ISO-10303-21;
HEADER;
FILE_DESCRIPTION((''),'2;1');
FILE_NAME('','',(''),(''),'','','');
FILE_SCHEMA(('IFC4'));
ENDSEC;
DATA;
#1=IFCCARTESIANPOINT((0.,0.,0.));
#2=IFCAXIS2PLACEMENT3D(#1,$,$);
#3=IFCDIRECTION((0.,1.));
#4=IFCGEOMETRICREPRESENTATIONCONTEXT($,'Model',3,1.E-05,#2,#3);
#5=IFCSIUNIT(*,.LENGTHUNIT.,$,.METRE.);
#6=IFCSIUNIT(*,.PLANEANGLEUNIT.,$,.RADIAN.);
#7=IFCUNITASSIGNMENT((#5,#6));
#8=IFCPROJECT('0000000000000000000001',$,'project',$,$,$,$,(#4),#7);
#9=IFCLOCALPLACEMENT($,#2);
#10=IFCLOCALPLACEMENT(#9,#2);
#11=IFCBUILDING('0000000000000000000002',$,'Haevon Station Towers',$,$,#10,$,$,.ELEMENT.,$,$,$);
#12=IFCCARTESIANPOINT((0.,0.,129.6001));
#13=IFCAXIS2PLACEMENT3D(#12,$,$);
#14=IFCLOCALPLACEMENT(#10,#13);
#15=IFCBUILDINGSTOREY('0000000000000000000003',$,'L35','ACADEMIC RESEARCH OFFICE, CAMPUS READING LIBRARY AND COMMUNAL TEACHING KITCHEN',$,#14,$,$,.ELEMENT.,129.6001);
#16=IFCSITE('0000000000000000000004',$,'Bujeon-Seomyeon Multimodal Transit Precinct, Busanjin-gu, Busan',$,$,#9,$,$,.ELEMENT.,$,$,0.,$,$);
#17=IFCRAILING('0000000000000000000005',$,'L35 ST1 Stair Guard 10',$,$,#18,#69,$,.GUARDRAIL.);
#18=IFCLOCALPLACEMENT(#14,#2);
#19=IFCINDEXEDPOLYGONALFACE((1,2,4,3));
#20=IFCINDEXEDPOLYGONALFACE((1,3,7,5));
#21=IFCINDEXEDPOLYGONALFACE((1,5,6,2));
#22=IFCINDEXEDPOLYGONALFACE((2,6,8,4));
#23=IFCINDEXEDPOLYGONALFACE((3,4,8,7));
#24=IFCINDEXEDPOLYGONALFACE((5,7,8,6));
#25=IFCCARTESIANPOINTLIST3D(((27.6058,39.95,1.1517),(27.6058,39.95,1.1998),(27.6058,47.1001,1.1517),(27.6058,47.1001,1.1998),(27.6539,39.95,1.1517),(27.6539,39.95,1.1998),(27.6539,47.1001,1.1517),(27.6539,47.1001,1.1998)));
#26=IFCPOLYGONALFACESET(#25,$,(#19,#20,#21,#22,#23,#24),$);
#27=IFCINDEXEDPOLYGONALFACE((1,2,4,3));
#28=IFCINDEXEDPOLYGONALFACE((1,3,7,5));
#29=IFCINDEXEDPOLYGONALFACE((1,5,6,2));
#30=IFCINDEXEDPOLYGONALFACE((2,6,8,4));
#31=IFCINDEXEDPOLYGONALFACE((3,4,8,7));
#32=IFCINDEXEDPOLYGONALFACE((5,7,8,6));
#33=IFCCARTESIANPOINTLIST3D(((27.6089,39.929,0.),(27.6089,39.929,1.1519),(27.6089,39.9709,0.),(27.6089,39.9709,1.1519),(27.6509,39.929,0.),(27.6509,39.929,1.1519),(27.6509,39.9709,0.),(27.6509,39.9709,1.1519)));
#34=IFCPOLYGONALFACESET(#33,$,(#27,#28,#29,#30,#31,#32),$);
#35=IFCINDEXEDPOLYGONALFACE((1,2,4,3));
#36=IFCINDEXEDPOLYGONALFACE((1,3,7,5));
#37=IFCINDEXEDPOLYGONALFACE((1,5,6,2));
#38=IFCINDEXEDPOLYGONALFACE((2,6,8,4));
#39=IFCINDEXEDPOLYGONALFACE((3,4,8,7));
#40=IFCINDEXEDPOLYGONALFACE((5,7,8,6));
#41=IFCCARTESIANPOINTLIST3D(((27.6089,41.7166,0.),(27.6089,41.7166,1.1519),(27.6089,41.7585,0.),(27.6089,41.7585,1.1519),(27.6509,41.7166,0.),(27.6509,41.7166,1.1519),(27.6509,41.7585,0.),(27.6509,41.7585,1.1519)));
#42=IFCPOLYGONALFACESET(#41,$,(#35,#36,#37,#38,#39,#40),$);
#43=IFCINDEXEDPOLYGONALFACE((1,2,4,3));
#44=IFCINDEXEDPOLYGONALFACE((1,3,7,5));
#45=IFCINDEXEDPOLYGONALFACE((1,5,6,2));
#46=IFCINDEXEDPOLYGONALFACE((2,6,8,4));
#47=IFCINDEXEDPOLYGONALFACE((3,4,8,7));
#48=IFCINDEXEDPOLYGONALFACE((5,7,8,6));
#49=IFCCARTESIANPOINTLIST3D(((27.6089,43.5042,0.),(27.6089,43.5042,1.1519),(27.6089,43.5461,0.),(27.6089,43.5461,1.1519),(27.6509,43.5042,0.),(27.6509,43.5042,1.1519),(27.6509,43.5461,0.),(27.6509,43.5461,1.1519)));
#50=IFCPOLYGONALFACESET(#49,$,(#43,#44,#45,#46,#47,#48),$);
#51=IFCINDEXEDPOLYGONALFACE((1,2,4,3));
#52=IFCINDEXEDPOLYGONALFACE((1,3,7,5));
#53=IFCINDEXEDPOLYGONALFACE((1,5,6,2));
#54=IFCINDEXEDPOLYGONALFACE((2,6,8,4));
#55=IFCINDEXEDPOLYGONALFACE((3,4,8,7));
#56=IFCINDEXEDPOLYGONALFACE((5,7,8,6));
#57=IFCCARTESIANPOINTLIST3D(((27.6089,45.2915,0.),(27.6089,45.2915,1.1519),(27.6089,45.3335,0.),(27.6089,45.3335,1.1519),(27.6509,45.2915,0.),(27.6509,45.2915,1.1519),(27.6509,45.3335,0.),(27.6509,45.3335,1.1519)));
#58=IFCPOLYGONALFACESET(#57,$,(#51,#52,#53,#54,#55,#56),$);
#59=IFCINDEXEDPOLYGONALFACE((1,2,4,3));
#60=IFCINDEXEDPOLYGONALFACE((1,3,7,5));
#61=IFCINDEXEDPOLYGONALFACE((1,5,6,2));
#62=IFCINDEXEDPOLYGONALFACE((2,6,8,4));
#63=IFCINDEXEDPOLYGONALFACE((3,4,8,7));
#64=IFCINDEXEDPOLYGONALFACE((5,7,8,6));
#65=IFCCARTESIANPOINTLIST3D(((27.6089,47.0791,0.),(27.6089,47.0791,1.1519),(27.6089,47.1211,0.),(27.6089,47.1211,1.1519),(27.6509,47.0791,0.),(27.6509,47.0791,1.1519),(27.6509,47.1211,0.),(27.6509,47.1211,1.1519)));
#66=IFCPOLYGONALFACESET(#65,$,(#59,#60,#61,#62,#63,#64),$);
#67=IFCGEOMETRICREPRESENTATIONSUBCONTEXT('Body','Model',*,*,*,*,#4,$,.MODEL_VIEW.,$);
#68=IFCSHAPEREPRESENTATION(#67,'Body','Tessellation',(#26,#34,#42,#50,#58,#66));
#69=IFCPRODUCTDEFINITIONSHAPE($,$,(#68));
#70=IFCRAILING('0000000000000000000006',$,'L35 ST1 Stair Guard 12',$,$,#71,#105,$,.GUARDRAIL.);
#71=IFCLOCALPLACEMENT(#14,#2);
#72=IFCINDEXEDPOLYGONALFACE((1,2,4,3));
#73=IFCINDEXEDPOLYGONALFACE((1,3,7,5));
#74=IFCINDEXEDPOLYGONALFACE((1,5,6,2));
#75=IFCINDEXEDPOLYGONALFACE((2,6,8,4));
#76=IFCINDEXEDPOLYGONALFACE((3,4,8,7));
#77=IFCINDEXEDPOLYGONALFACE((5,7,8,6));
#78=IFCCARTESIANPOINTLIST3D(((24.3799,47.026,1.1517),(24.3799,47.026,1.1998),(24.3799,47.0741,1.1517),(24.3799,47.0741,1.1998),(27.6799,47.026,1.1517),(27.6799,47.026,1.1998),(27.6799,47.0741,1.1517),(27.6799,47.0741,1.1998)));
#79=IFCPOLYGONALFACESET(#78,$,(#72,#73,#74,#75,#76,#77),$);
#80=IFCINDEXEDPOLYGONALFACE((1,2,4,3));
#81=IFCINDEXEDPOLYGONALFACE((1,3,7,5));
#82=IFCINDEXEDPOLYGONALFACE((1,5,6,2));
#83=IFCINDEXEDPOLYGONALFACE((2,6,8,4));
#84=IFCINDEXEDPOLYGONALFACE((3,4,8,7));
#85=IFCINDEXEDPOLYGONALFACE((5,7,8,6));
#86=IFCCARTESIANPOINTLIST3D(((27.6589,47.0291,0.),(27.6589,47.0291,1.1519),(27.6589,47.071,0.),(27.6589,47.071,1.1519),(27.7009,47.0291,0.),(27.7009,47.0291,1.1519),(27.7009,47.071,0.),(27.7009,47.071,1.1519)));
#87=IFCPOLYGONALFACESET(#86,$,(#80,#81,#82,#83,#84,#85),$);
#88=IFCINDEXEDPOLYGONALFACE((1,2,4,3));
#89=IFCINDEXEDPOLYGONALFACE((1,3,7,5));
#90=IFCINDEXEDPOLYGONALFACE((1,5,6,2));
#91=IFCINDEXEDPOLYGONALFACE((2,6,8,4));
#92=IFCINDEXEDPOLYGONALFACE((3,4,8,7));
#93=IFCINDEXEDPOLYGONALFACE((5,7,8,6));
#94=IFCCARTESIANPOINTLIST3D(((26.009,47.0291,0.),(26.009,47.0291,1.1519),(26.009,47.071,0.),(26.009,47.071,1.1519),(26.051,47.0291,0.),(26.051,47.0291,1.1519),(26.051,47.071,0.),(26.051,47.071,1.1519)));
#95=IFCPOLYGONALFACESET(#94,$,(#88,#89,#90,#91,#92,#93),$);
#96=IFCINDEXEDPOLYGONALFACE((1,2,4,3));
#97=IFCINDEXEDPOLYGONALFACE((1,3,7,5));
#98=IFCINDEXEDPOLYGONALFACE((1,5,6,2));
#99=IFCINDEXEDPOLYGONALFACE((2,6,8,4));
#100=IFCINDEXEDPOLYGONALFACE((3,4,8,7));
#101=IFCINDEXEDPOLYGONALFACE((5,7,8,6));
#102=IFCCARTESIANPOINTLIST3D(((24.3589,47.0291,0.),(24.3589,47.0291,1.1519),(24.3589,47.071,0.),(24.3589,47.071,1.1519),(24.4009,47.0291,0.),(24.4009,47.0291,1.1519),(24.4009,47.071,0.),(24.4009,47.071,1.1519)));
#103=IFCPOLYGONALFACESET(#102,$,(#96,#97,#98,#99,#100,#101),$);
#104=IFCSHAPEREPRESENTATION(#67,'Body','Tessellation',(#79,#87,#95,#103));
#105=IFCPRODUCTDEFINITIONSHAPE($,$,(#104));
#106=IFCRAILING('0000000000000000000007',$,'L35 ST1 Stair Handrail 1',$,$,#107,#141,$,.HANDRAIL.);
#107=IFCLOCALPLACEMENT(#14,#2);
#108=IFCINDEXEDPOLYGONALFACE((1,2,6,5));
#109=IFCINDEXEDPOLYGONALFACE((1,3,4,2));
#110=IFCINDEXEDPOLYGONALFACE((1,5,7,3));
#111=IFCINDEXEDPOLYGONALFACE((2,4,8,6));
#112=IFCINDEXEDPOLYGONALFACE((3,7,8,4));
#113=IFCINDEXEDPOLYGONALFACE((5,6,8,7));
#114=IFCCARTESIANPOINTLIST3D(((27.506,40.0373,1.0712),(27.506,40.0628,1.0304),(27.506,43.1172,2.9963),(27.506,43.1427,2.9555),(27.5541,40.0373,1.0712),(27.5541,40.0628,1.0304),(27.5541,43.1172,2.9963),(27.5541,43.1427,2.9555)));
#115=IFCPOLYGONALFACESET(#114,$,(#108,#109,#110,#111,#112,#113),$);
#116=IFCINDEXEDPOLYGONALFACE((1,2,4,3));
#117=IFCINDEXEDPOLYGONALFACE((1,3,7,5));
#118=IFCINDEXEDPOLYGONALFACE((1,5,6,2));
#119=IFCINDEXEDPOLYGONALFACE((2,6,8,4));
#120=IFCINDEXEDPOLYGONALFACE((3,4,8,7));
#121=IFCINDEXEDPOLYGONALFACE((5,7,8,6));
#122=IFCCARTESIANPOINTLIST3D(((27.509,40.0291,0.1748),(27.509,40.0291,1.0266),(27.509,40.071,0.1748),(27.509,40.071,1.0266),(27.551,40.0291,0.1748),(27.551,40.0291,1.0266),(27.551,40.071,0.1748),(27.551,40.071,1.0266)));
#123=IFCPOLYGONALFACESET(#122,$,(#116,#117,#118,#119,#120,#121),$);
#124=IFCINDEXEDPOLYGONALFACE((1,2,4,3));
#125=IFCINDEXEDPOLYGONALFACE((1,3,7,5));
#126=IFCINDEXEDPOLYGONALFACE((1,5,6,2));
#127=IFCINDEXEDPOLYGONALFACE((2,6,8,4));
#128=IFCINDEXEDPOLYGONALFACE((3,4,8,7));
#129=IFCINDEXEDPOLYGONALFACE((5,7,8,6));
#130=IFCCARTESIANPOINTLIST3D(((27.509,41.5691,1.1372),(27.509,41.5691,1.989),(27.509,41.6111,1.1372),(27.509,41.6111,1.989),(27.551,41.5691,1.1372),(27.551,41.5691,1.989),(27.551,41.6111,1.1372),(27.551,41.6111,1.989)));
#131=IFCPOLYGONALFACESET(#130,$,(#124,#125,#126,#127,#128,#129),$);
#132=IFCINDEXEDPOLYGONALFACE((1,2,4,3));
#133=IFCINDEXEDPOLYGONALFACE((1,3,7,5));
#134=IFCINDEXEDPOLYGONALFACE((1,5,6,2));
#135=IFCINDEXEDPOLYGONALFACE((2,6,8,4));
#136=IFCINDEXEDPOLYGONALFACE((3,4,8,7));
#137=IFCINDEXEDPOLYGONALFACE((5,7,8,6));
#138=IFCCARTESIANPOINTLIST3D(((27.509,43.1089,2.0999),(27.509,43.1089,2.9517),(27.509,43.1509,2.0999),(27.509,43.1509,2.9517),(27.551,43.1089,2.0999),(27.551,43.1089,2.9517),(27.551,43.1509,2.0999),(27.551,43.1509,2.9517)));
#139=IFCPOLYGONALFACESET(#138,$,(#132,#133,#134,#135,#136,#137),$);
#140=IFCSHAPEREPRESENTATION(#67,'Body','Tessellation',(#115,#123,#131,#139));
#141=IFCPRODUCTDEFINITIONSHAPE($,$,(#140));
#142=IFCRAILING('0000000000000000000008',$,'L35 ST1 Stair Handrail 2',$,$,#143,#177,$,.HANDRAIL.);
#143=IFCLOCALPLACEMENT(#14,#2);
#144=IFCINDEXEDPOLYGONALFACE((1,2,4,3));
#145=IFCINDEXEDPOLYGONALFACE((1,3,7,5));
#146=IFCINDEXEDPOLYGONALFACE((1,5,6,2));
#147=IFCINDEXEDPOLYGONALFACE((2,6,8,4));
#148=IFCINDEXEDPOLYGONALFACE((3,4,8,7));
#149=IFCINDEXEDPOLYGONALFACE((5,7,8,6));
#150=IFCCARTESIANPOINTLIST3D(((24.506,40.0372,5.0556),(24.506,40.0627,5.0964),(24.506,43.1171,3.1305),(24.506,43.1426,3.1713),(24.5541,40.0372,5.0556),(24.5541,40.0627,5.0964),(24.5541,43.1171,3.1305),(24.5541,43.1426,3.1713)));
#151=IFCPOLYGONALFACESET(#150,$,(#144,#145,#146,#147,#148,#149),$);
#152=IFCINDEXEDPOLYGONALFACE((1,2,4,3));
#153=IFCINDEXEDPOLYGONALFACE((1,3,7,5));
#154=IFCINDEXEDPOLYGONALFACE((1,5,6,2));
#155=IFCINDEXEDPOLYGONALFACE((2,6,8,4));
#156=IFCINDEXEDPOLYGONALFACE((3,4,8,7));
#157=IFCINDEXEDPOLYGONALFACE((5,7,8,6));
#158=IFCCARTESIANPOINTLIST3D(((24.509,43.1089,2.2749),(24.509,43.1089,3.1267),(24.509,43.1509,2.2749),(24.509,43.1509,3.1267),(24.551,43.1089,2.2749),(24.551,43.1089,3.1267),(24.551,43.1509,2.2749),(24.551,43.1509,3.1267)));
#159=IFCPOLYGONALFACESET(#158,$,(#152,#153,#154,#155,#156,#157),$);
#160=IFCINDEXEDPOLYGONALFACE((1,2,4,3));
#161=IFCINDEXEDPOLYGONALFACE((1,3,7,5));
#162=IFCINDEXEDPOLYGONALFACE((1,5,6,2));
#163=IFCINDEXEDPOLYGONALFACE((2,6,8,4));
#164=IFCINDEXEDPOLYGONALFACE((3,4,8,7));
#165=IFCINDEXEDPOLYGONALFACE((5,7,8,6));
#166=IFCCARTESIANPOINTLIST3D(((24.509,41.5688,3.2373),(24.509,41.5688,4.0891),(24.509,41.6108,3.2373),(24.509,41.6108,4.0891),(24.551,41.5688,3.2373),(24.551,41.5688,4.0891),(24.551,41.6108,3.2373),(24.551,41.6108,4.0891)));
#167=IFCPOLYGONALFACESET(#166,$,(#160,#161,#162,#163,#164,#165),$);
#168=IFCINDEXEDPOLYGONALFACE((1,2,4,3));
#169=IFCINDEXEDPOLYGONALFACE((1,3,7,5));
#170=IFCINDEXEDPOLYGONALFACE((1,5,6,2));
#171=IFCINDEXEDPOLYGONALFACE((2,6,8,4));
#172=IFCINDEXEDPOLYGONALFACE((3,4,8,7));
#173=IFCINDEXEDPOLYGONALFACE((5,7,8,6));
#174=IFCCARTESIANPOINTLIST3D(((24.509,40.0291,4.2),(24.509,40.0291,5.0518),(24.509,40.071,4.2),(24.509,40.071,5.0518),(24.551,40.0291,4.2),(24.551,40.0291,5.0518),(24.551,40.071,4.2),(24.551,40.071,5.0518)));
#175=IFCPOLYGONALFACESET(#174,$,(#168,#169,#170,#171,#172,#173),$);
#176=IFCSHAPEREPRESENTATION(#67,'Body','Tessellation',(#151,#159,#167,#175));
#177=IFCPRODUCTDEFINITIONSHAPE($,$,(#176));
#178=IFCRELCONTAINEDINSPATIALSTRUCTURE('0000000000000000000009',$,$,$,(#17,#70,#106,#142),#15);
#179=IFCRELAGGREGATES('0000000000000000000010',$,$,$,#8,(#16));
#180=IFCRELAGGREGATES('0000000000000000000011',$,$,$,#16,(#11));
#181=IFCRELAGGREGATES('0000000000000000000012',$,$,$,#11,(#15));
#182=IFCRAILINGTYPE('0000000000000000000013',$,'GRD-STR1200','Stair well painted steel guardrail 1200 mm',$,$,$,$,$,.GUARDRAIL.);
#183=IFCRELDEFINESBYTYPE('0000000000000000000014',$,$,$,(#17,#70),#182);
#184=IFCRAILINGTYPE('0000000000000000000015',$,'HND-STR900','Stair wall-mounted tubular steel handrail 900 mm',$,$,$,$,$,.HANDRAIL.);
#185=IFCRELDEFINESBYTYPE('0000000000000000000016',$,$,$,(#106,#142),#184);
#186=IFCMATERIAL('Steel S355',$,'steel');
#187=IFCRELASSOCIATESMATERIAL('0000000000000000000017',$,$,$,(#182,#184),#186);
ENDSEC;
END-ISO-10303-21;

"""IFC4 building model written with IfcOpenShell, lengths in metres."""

from ifc_helpers import new_model, si_unit, direction, frame, origin, origin_2d, place, context, subcontext, project, spatial, rectangle, extrude, material, type_object, element, save


model = new_model("IFC4")

# Units and contexts
model_context = context("Model", 3, precision=1e-05, world=origin(), true_north=direction((0.0, 1.0)))
body_context = subcontext(model_context, "Body", "Model", "MODEL_VIEW")
ifc_project = project(units=[si_unit("LENGTHUNIT", "METRE"), si_unit("PLANEANGLEUNIT", "RADIAN")], contexts=[model_context])

# Site, building, storey
site_placement = place(None, origin())
site = spatial("IfcSite", under=ifc_project, at=site_placement, Name="Bujeon-Seomyeon Multimodal Transit Precinct, Busanjin-gu, Busan", CompositionType="ELEMENT", RefElevation=0.0)
building_placement = place(site_placement, origin())
building = spatial("IfcBuilding", under=site, at=building_placement, Name="Haevon Station Towers", CompositionType="ELEMENT")
storey_placement = place(building_placement, frame((0.0, 0.0, 129.6001)))
storey = spatial("IfcBuildingStorey", under=building, at=storey_placement, Name="L35", Description="ACADEMIC RESEARCH OFFICE, CAMPUS READING LIBRARY AND COMMUNAL TEACHING KITCHEN", CompositionType="ELEMENT", Elevation=129.6001)

# Shared definitions
ifc_material_1 = material(Name="Steel S355", Category="steel")

# Railings
railing_type_1 = type_object("IfcRailingType", Name="GRD-STR1200", Description="Stair well painted steel guardrail 1200 mm", PredefinedType="GUARDRAIL", material=ifc_material_1)
railing_1_placement = place(storey_placement, frame((27.6299, 39.95, 0.0)))
element("IfcRailing", 1, at=railing_1_placement, inside=storey, type_object=railing_type_1, Name="L35 ST1 Stair Guard 10", PredefinedType="GUARDRAIL", context=body_context, shape_type="SweptSolid", body=[
    extrude(rectangle(XDim=0.0481, YDim=0.0481, at=origin_2d()), frame((0.0, 0.0, 1.1758), z_axis=(0.0, 1.0, 0.0), x_axis=(-1.0, 0.0, 0.0)), (0.0, 0.0, 1.0), 7.1501),
    extrude(rectangle(XDim=0.042, YDim=0.042, at=origin_2d()), origin(), (0.0, 0.0, 1.0), 1.1519),
    extrude(rectangle(XDim=0.042, YDim=0.042, at=origin_2d()), frame((0.0, 1.7876, 0.0)), (0.0, 0.0, 1.0), 1.1519),
    extrude(rectangle(XDim=0.042, YDim=0.042, at=origin_2d()), frame((0.0, 3.5752, 0.0)), (0.0, 0.0, 1.0), 1.1519),
    extrude(rectangle(XDim=0.042, YDim=0.042, at=origin_2d()), frame((0.0, 5.3625, 0.0)), (0.0, 0.0, 1.0), 1.1519),
    extrude(rectangle(XDim=0.042, YDim=0.042, at=origin_2d()), frame((0.0, 7.1501, 0.0)), (0.0, 0.0, 1.0), 1.1519),
])
railing_2_placement = place(storey_placement, frame((27.6799, 47.05, 0.0)))
element("IfcRailing", 2, at=railing_2_placement, inside=storey, type_object=railing_type_1, Name="L35 ST1 Stair Guard 12", PredefinedType="GUARDRAIL", context=body_context, shape_type="SweptSolid", body=[
    extrude(rectangle(XDim=0.0481, YDim=0.0481, at=origin_2d()), frame((0.0, 0.0, 1.1758), z_axis=(-1.0, 0.0, 0.0), x_axis=(0.0, -1.0, 0.0)), (0.0, 0.0, 1.0), 3.3),
    extrude(rectangle(XDim=0.042, YDim=0.042, at=origin_2d()), origin(), (0.0, 0.0, 1.0), 1.1519),
    extrude(rectangle(XDim=0.042, YDim=0.042, at=origin_2d()), frame((-1.6499, 0.0, 0.0)), (0.0, 0.0, 1.0), 1.1519),
    extrude(rectangle(XDim=0.042, YDim=0.042, at=origin_2d()), frame((-3.3, 0.0, 0.0)), (0.0, 0.0, 1.0), 1.1519),
])
railing_type_2 = type_object("IfcRailingType", Name="HND-STR900", Description="Stair wall-mounted tubular steel handrail 900 mm", PredefinedType="HANDRAIL", material=ifc_material_1)
railing_3_placement = place(storey_placement, frame((27.53, 40.05, 0.1748)))
element("IfcRailing", 3, at=railing_3_placement, inside=storey, type_object=railing_type_2, Name="L35 ST1 Stair Handrail 1", PredefinedType="HANDRAIL", context=body_context, shape_type="SweptSolid", body=[
    extrude(rectangle(XDim=0.0481, YDim=0.0481, at=origin_2d()), frame((0.0, 0.0, 0.876), z_axis=(0.0, 0.847979, 0.530029), x_axis=(-1.0, 0.0, 0.0)), (0.0, 0.0, 1.0), 3.6321),
    extrude(rectangle(XDim=0.042, YDim=0.042, at=origin_2d()), origin(), (0.0, 0.0, 1.0), 0.8518),
    extrude(rectangle(XDim=0.042, YDim=0.042, at=origin_2d()), frame((0.0, 1.54, 0.9624)), (0.0, 0.0, 1.0), 0.8518),
    extrude(rectangle(XDim=0.042, YDim=0.042, at=origin_2d()), frame((0.0, 3.0798, 1.925)), (0.0, 0.0, 1.0), 0.8518),
])
railing_4_placement = place(storey_placement, frame((24.53, 43.1299, 2.2749)))
element("IfcRailing", 4, at=railing_4_placement, inside=storey, type_object=railing_type_2, Name="L35 ST1 Stair Handrail 2", PredefinedType="HANDRAIL", context=body_context, shape_type="SweptSolid", body=[
    extrude(rectangle(XDim=0.0481, YDim=0.0481, at=origin_2d()), frame((0.0, 0.0, 0.876), z_axis=(0.0, -0.847979, 0.530029), x_axis=(1.0, 0.0, 0.0)), (0.0, 0.0, 1.0), 3.6321),
    extrude(rectangle(XDim=0.042, YDim=0.042, at=origin_2d()), origin(), (0.0, 0.0, 1.0), 0.8518),
    extrude(rectangle(XDim=0.042, YDim=0.042, at=origin_2d()), frame((0.0, -1.54, 0.9624)), (0.0, 0.0, 1.0), 0.8518),
    extrude(rectangle(XDim=0.042, YDim=0.042, at=origin_2d()), frame((0.0, -3.0798, 1.925)), (0.0, 0.0, 1.0), 0.8518),
])

save(model, "model.ifc")
